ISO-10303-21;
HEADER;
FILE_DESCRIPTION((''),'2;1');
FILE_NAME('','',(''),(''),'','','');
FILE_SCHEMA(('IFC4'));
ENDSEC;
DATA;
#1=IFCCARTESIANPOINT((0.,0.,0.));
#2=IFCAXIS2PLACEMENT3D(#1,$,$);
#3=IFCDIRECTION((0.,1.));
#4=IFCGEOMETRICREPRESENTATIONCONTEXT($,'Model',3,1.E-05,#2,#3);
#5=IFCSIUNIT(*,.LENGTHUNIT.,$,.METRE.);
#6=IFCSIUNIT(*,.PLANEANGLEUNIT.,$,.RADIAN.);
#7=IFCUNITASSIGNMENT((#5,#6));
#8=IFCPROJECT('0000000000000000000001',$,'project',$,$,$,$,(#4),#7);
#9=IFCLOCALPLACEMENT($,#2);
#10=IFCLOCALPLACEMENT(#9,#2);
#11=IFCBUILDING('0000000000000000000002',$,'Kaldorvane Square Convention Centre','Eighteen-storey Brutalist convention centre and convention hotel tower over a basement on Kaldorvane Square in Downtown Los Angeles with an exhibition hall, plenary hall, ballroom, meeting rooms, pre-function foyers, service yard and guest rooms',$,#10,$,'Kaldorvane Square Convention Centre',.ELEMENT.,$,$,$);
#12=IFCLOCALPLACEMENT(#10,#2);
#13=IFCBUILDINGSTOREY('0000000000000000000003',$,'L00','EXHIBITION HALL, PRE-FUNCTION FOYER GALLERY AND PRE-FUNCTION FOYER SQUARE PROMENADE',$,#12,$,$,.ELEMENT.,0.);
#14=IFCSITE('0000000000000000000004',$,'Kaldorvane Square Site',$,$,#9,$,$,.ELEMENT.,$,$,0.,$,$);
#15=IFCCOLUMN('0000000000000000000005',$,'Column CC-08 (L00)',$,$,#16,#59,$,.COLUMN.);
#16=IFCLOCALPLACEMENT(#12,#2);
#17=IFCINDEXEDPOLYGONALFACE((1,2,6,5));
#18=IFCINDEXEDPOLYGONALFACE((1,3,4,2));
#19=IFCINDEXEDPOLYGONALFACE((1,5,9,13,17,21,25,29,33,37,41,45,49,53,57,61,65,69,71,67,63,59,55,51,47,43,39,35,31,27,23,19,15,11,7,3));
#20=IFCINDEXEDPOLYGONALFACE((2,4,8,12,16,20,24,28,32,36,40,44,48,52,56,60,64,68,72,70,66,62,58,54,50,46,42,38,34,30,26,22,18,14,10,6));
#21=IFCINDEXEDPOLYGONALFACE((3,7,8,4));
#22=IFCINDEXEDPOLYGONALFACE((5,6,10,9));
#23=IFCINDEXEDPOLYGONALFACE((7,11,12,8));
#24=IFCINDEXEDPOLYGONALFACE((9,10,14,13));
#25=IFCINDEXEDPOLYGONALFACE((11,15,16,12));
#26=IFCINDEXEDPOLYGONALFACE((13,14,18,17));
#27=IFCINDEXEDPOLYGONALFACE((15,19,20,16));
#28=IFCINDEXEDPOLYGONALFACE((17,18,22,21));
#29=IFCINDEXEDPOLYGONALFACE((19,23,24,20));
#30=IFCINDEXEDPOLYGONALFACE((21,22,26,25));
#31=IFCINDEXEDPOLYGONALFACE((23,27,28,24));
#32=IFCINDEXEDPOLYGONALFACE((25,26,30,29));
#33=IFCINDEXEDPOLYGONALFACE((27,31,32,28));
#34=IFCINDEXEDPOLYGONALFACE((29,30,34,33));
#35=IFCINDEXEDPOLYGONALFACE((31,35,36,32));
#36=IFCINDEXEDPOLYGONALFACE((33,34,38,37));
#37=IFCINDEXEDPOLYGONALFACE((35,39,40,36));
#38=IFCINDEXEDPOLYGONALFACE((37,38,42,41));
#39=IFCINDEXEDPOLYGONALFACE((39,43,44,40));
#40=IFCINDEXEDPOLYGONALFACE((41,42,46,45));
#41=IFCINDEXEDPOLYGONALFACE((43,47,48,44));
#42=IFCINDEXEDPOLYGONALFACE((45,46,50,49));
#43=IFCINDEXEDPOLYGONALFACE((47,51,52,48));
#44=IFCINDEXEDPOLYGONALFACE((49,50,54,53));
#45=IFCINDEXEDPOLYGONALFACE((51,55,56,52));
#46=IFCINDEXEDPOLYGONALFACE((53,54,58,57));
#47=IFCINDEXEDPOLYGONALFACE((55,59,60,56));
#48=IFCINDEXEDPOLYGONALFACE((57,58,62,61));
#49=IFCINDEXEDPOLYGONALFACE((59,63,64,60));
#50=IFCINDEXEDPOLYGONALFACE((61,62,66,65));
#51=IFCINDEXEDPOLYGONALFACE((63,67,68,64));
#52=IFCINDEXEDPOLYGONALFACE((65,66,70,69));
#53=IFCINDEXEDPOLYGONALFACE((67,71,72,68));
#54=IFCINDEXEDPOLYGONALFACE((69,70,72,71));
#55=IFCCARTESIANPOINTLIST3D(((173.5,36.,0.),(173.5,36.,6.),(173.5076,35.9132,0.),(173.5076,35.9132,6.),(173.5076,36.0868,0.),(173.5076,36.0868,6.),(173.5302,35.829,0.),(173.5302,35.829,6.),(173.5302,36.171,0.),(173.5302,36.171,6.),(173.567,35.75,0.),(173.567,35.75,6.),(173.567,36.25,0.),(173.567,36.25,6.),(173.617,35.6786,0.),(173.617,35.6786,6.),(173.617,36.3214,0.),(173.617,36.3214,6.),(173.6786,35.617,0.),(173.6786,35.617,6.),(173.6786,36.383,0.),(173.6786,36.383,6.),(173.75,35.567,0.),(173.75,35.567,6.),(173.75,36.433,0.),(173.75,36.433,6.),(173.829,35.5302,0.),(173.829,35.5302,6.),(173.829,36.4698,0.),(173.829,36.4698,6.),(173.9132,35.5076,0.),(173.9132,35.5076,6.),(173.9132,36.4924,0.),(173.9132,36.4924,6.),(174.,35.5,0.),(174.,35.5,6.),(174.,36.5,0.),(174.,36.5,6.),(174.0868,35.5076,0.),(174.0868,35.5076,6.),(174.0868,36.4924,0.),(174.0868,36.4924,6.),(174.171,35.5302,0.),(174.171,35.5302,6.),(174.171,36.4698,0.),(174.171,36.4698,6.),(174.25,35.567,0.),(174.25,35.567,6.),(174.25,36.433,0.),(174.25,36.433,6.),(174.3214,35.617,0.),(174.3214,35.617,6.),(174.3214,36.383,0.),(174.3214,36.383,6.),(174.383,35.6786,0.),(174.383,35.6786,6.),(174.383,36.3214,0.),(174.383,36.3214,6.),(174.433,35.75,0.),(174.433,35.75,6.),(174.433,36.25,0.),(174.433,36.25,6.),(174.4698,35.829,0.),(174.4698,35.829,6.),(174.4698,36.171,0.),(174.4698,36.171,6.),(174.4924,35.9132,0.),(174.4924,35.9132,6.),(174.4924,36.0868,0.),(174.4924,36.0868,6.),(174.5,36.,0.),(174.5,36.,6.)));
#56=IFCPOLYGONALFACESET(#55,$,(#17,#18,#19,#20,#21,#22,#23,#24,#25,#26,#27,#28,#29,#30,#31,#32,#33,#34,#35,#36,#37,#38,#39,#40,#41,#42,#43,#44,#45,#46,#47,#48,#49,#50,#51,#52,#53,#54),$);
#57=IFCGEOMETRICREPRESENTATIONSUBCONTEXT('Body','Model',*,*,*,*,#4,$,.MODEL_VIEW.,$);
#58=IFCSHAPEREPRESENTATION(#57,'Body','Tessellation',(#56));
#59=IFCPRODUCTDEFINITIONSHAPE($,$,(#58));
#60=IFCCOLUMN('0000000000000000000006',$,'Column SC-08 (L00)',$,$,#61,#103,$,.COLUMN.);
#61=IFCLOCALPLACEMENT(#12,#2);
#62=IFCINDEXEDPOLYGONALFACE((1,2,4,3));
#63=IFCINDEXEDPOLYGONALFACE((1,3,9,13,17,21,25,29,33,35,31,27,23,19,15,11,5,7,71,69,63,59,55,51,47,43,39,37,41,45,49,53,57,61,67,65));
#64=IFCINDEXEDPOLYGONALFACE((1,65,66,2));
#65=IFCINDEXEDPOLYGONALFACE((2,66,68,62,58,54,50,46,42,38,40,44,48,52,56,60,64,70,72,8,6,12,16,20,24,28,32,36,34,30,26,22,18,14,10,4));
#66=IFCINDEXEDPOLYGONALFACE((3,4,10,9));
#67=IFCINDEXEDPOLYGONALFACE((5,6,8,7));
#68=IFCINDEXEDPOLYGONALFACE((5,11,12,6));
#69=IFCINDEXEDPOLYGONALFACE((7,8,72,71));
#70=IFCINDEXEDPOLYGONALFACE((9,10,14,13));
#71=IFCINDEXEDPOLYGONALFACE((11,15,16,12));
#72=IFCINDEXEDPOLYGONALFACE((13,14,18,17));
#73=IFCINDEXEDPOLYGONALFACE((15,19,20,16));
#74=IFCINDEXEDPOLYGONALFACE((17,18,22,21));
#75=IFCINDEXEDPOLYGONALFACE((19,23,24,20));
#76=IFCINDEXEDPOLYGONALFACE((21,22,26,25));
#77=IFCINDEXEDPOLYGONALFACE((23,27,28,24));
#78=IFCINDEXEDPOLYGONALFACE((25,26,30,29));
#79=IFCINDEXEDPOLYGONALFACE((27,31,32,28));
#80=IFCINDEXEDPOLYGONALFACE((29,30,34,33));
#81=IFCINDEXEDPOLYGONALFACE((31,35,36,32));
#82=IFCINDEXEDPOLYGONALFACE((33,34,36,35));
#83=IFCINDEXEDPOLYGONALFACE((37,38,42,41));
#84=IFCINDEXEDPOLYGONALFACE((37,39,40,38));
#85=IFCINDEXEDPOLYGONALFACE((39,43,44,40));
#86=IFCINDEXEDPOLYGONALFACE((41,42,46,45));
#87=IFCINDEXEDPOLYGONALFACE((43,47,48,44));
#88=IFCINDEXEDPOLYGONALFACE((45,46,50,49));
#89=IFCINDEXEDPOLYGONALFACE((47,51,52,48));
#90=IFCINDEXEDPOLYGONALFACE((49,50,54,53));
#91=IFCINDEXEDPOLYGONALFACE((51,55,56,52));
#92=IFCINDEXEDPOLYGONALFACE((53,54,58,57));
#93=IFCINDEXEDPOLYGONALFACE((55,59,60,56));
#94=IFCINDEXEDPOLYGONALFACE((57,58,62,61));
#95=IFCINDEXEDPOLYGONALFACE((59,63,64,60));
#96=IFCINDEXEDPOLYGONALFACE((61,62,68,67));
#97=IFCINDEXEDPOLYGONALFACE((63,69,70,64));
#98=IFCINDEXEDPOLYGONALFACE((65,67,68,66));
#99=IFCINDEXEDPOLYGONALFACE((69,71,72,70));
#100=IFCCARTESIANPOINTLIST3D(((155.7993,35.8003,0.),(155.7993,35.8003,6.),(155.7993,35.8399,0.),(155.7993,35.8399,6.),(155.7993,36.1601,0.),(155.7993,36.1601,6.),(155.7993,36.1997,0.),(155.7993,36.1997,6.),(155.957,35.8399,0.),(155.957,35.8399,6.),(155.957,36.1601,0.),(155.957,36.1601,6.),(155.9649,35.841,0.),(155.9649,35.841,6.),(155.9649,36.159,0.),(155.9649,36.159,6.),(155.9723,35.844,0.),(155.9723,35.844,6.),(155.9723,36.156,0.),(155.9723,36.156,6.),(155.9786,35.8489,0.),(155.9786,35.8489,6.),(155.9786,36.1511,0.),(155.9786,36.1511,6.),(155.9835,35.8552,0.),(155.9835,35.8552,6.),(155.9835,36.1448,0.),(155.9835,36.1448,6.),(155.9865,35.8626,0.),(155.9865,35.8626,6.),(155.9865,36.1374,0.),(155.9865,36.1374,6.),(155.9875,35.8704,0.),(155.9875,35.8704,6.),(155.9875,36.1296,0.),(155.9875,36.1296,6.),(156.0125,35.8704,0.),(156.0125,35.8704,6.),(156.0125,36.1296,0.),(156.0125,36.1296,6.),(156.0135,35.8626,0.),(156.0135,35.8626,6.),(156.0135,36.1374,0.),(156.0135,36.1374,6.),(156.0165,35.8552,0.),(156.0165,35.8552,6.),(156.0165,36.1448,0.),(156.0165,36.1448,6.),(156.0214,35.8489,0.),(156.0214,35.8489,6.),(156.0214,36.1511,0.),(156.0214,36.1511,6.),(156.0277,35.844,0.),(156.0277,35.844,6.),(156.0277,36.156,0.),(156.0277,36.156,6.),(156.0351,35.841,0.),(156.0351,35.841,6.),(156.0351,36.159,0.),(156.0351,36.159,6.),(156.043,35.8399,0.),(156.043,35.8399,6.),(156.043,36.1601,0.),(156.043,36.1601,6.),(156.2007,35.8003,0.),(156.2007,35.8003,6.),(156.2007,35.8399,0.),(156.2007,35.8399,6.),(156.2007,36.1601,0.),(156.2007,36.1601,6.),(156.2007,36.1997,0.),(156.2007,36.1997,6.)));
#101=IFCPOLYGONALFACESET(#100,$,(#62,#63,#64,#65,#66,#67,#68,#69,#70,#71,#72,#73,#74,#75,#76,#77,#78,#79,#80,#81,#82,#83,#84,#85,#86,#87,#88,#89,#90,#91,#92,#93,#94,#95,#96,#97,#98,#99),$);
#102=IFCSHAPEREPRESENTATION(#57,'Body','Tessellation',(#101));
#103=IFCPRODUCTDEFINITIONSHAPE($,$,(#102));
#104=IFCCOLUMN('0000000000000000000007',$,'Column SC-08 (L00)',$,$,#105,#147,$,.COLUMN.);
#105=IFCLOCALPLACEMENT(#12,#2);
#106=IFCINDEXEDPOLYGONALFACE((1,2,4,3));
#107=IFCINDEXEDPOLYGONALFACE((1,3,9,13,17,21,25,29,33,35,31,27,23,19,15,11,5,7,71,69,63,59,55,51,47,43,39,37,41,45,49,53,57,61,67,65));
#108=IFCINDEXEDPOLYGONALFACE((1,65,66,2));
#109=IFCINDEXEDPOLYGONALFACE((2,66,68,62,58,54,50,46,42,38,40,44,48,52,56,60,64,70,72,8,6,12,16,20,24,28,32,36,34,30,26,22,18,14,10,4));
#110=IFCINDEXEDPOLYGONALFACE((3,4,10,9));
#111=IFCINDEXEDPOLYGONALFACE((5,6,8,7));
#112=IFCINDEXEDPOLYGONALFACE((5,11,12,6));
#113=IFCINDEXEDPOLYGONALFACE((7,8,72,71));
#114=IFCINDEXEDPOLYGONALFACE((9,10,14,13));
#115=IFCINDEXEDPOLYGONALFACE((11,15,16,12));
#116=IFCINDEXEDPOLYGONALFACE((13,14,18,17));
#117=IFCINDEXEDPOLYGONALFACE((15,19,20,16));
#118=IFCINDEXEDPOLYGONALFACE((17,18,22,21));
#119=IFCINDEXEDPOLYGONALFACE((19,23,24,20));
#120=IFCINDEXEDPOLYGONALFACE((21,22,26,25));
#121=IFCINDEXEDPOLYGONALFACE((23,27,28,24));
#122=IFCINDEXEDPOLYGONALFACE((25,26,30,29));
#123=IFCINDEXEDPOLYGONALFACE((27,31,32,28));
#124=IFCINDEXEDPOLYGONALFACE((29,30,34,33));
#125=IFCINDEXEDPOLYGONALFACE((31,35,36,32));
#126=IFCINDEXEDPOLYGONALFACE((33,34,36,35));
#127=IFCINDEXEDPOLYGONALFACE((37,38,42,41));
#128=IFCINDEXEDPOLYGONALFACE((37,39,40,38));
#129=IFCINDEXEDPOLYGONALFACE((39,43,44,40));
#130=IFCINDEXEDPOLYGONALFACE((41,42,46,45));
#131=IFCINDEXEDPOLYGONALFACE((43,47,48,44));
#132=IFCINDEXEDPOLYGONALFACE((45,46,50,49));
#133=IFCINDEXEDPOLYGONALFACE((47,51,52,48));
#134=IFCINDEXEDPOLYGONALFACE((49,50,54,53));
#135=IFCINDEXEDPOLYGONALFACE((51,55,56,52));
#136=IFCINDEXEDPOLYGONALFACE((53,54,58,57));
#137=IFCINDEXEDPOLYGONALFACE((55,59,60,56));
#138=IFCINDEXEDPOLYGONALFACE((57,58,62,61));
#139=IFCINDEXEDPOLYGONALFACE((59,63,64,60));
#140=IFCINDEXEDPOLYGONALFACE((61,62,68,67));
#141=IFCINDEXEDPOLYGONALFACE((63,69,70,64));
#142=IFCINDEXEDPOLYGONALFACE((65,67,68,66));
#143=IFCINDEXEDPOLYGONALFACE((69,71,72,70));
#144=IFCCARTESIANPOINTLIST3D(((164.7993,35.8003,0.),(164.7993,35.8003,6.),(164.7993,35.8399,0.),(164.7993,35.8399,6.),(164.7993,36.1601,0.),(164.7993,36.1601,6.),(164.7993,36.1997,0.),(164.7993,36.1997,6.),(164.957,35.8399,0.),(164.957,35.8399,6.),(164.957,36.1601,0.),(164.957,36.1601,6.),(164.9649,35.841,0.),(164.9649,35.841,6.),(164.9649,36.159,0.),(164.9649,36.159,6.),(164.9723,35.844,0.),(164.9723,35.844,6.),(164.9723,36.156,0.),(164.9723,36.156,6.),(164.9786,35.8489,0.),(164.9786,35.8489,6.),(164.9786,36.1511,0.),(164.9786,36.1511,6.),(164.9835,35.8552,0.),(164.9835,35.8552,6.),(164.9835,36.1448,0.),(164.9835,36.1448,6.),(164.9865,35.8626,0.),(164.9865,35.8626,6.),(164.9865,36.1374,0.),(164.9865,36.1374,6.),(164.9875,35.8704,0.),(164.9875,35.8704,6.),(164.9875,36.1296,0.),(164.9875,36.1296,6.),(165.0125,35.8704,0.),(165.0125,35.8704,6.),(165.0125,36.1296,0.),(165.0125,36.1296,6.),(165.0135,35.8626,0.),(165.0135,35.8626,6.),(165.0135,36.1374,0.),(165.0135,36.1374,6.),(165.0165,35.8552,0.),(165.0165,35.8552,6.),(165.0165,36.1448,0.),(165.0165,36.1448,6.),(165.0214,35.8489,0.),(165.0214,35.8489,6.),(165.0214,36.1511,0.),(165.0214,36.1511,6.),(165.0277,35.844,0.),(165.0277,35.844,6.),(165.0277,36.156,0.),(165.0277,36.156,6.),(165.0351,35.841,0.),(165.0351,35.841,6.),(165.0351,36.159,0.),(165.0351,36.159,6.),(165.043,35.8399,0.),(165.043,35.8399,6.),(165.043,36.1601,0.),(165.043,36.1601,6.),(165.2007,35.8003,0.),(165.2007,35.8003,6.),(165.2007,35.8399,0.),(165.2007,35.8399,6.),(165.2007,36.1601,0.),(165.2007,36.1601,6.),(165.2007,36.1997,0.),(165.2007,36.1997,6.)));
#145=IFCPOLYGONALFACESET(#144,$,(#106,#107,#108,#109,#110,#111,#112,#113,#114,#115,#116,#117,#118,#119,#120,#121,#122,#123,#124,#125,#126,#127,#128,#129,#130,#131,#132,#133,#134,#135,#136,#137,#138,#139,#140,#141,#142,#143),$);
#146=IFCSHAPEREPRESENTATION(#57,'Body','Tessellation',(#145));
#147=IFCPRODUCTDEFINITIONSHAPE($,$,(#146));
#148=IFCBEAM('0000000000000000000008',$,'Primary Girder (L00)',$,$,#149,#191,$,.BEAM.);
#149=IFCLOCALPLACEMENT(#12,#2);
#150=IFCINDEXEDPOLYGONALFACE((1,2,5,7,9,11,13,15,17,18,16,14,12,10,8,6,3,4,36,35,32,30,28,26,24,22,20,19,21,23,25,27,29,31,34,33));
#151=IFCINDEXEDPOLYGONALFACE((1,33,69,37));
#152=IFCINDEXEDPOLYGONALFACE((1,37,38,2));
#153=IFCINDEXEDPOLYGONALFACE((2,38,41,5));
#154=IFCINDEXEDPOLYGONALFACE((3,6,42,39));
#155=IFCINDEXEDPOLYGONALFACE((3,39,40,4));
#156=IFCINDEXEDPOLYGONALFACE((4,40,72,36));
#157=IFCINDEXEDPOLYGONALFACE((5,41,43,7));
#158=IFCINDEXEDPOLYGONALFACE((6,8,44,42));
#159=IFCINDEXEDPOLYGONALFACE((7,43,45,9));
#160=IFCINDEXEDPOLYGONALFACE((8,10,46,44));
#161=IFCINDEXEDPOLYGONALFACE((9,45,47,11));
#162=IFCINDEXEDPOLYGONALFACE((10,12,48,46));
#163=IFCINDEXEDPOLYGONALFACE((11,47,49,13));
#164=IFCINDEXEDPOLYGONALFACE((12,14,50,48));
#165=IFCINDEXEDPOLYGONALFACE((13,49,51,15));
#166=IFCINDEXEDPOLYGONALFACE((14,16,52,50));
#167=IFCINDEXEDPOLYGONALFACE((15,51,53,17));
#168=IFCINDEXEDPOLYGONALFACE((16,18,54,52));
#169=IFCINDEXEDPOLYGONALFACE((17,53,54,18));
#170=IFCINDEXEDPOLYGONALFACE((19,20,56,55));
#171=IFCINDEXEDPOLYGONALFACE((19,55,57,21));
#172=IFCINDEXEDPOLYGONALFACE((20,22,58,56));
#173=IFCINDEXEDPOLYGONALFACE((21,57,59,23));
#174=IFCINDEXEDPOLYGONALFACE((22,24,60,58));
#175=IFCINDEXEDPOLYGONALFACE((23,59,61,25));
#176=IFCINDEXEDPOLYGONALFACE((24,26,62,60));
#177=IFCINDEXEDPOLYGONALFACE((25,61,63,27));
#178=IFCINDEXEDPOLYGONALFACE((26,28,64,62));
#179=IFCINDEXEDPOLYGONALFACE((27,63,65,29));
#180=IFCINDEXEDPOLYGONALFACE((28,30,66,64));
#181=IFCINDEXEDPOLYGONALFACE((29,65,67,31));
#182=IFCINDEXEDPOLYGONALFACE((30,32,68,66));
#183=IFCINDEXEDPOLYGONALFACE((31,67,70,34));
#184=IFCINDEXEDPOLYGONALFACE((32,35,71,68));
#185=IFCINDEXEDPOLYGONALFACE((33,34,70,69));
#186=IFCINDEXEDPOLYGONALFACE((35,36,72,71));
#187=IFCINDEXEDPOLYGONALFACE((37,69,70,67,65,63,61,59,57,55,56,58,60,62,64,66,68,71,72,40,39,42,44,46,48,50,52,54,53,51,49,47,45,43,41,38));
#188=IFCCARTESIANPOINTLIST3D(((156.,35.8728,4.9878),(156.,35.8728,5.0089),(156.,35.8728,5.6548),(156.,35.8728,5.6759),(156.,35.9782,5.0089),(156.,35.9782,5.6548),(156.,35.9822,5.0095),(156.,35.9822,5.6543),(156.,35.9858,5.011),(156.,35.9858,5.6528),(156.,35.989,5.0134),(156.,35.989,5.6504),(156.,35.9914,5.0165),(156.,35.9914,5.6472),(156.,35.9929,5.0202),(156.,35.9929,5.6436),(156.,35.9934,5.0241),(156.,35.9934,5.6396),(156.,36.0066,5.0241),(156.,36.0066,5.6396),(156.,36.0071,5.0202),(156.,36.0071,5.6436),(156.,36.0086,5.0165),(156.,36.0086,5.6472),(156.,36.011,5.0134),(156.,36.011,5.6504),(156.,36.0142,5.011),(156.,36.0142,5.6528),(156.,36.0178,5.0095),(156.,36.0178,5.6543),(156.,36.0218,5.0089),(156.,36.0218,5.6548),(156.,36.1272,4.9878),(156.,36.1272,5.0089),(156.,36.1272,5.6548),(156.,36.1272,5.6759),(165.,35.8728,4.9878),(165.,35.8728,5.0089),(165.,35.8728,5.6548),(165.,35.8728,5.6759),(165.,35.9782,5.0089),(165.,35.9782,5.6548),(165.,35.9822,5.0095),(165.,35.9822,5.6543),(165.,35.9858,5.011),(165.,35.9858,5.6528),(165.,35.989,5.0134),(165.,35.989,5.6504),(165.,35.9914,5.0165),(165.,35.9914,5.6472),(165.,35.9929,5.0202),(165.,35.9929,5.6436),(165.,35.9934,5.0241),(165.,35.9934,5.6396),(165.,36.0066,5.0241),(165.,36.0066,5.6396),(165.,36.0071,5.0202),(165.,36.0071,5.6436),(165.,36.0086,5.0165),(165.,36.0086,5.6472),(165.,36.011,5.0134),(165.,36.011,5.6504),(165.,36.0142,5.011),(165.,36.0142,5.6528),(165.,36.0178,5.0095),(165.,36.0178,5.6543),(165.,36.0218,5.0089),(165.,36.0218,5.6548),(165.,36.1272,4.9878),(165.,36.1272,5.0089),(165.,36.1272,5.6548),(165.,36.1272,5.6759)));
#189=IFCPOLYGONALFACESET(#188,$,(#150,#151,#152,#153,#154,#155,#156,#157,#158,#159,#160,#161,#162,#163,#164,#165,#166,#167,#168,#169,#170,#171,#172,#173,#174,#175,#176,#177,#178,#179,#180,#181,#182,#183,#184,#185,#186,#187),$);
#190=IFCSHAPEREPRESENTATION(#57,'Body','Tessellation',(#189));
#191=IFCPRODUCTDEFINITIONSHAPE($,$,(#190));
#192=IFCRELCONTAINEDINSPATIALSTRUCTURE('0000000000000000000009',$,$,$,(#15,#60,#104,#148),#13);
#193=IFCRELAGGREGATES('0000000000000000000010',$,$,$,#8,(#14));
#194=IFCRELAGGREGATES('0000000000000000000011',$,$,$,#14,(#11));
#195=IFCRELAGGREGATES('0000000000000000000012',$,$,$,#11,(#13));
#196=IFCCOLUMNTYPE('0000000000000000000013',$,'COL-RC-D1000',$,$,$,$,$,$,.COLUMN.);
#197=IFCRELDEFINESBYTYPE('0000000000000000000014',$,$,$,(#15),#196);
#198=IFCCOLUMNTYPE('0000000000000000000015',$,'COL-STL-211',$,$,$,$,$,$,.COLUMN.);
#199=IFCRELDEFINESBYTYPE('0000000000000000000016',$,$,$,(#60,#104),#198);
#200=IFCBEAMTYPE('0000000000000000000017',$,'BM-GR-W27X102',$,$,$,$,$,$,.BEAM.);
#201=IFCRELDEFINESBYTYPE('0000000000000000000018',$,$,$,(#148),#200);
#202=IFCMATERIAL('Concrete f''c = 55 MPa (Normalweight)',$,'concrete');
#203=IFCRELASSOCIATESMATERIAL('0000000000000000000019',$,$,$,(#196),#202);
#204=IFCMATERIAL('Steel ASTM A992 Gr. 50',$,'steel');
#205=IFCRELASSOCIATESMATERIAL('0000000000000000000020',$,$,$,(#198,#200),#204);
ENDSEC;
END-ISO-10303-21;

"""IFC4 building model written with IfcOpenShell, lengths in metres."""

from ifc_helpers import new_model, si_unit, direction, frame, origin, origin_2d, place, context, subcontext, project, spatial, circle, i_section, extrude, material, material_profile, profile_set, type_object, element, save


model = new_model("IFC4")

# Units and contexts
model_context = context("Model", 3, precision=1e-05, world=origin(), true_north=direction((0.0, 1.0)))
body_context = subcontext(model_context, "Body", "Model", "MODEL_VIEW")
ifc_project = project(units=[si_unit("LENGTHUNIT", "METRE"), si_unit("PLANEANGLEUNIT", "RADIAN")], contexts=[model_context])

# Site, building, storey
site_placement = place(None, origin())
site = spatial("IfcSite", under=ifc_project, at=site_placement, Name="Kaldorvane Square Site", CompositionType="ELEMENT", RefElevation=0.0)
building_placement = place(site_placement, origin())
building = spatial("IfcBuilding", under=site, at=building_placement, Name="Kaldorvane Square Convention Centre", Description="Eighteen-storey Brutalist convention centre and convention hotel tower over a basement on Kaldorvane Square in Downtown Los Angeles with an exhibition hall, plenary hall, ballroom, meeting rooms, pre-function foyers, service yard and guest rooms", LongName="Kaldorvane Square Convention Centre", CompositionType="ELEMENT")
storey_placement = place(building_placement, origin())
storey = spatial("IfcBuildingStorey", under=building, at=storey_placement, Name="L00", Description="EXHIBITION HALL, PRE-FUNCTION FOYER GALLERY AND PRE-FUNCTION FOYER SQUARE PROMENADE", CompositionType="ELEMENT", Elevation=0.0)

# Columns
ifc_material_1 = material(Name="Concrete f'c = 55 MPa (Normalweight)", Category="concrete")
ifc_material_profile_1 = material_profile(ifc_material_1, circle(Radius=0.5, at=origin_2d()), Name="RC-D1000")
ifc_profile_set_1 = profile_set([ifc_material_profile_1], Name="Concrete f'c = 55 MPa (Normalweight)")
column_type_1 = type_object("IfcColumnType", Name="COL-RC-D1000", PredefinedType="COLUMN", material=ifc_profile_set_1)
column_placement = place(storey_placement, frame((174.0, 36.0, 0.0), z_axis=(0.0, 0.0, 1.0), x_axis=(1.0, 0.0, 0.0)))
element("IfcColumn", 1, at=column_placement, inside=storey, type_object=column_type_1, Name="Column CC-08 (L00)", PredefinedType="COLUMN", context=body_context, shape_type="SweptSolid", body=[
    extrude(circle(Radius=0.5, at=origin_2d()), origin(), (0.0, 0.0, 1.0), 6.0),
])
ifc_material_2 = material(Name="Steel ASTM A992 Gr. 50", Category="steel")
ifc_material_profile_2 = material_profile(ifc_material_2, i_section(OverallWidth=0.4013, OverallDepth=0.3993, WebThickness=0.0249, FlangeThickness=0.0396, FilletRadius=0.0305, at=origin_2d()), Name="W14X211")
ifc_profile_set_2 = profile_set([ifc_material_profile_2], Name="Steel ASTM A992 Gr. 50")
column_type_2 = type_object("IfcColumnType", Name="COL-STL-211", PredefinedType="COLUMN", material=ifc_profile_set_2)
for number, where, z_axis, x_axis, name in (
    (2, (156.0, 36.0, 0.0), (0.0, 0.0, 1.0), (1.0, 0.0, 0.0), "Column SC-08 (L00)"),
    (3, (165.0, 36.0, 0.0), (0.0, 0.0, 1.0), (1.0, 0.0, 0.0), "Column SC-08 (L00)"),
):
    element("IfcColumn", number, at=place(storey_placement, frame(where, z_axis=z_axis, x_axis=x_axis)), inside=storey, type_object=column_type_2, Name=name, PredefinedType="COLUMN", context=body_context, shape_type="SweptSolid", body=[
        extrude(i_section(OverallWidth=0.4013, OverallDepth=0.3993, WebThickness=0.0249, FlangeThickness=0.0396, FilletRadius=0.0305, at=origin_2d()), origin(), (0.0, 0.0, 1.0), 6.0),
    ])

# Beam
ifc_material_profile_3 = material_profile(ifc_material_2, i_section(OverallWidth=0.2544, OverallDepth=0.6881, WebThickness=0.0131, FlangeThickness=0.0211, FilletRadius=0.0152, at=origin_2d()), Name="W27X102")
ifc_profile_set_3 = profile_set([ifc_material_profile_3], Name="Steel ASTM A992 Gr. 50")
beam_type = type_object("IfcBeamType", Name="BM-GR-W27X102", PredefinedType="BEAM", material=ifc_profile_set_3)
for number, where, z_axis, x_axis, name in (
    (4, (156.0, 36.0, 5.3319), (1.0, 0.0, 0.0), (0.0, 1.0, 0.0), "Primary Girder (L00)"),
):
    element("IfcBeam", number, at=place(storey_placement, frame(where, z_axis=z_axis, x_axis=x_axis)), inside=storey, type_object=beam_type, Name=name, PredefinedType="BEAM", context=body_context, shape_type="SweptSolid", body=[
        extrude(i_section(OverallWidth=0.2544, OverallDepth=0.6881, WebThickness=0.0131, FlangeThickness=0.0211, FilletRadius=0.0152, at=origin_2d()), origin(), (0.0, 0.0, 1.0), 9.0),
    ])

save(model, "model.ifc")
